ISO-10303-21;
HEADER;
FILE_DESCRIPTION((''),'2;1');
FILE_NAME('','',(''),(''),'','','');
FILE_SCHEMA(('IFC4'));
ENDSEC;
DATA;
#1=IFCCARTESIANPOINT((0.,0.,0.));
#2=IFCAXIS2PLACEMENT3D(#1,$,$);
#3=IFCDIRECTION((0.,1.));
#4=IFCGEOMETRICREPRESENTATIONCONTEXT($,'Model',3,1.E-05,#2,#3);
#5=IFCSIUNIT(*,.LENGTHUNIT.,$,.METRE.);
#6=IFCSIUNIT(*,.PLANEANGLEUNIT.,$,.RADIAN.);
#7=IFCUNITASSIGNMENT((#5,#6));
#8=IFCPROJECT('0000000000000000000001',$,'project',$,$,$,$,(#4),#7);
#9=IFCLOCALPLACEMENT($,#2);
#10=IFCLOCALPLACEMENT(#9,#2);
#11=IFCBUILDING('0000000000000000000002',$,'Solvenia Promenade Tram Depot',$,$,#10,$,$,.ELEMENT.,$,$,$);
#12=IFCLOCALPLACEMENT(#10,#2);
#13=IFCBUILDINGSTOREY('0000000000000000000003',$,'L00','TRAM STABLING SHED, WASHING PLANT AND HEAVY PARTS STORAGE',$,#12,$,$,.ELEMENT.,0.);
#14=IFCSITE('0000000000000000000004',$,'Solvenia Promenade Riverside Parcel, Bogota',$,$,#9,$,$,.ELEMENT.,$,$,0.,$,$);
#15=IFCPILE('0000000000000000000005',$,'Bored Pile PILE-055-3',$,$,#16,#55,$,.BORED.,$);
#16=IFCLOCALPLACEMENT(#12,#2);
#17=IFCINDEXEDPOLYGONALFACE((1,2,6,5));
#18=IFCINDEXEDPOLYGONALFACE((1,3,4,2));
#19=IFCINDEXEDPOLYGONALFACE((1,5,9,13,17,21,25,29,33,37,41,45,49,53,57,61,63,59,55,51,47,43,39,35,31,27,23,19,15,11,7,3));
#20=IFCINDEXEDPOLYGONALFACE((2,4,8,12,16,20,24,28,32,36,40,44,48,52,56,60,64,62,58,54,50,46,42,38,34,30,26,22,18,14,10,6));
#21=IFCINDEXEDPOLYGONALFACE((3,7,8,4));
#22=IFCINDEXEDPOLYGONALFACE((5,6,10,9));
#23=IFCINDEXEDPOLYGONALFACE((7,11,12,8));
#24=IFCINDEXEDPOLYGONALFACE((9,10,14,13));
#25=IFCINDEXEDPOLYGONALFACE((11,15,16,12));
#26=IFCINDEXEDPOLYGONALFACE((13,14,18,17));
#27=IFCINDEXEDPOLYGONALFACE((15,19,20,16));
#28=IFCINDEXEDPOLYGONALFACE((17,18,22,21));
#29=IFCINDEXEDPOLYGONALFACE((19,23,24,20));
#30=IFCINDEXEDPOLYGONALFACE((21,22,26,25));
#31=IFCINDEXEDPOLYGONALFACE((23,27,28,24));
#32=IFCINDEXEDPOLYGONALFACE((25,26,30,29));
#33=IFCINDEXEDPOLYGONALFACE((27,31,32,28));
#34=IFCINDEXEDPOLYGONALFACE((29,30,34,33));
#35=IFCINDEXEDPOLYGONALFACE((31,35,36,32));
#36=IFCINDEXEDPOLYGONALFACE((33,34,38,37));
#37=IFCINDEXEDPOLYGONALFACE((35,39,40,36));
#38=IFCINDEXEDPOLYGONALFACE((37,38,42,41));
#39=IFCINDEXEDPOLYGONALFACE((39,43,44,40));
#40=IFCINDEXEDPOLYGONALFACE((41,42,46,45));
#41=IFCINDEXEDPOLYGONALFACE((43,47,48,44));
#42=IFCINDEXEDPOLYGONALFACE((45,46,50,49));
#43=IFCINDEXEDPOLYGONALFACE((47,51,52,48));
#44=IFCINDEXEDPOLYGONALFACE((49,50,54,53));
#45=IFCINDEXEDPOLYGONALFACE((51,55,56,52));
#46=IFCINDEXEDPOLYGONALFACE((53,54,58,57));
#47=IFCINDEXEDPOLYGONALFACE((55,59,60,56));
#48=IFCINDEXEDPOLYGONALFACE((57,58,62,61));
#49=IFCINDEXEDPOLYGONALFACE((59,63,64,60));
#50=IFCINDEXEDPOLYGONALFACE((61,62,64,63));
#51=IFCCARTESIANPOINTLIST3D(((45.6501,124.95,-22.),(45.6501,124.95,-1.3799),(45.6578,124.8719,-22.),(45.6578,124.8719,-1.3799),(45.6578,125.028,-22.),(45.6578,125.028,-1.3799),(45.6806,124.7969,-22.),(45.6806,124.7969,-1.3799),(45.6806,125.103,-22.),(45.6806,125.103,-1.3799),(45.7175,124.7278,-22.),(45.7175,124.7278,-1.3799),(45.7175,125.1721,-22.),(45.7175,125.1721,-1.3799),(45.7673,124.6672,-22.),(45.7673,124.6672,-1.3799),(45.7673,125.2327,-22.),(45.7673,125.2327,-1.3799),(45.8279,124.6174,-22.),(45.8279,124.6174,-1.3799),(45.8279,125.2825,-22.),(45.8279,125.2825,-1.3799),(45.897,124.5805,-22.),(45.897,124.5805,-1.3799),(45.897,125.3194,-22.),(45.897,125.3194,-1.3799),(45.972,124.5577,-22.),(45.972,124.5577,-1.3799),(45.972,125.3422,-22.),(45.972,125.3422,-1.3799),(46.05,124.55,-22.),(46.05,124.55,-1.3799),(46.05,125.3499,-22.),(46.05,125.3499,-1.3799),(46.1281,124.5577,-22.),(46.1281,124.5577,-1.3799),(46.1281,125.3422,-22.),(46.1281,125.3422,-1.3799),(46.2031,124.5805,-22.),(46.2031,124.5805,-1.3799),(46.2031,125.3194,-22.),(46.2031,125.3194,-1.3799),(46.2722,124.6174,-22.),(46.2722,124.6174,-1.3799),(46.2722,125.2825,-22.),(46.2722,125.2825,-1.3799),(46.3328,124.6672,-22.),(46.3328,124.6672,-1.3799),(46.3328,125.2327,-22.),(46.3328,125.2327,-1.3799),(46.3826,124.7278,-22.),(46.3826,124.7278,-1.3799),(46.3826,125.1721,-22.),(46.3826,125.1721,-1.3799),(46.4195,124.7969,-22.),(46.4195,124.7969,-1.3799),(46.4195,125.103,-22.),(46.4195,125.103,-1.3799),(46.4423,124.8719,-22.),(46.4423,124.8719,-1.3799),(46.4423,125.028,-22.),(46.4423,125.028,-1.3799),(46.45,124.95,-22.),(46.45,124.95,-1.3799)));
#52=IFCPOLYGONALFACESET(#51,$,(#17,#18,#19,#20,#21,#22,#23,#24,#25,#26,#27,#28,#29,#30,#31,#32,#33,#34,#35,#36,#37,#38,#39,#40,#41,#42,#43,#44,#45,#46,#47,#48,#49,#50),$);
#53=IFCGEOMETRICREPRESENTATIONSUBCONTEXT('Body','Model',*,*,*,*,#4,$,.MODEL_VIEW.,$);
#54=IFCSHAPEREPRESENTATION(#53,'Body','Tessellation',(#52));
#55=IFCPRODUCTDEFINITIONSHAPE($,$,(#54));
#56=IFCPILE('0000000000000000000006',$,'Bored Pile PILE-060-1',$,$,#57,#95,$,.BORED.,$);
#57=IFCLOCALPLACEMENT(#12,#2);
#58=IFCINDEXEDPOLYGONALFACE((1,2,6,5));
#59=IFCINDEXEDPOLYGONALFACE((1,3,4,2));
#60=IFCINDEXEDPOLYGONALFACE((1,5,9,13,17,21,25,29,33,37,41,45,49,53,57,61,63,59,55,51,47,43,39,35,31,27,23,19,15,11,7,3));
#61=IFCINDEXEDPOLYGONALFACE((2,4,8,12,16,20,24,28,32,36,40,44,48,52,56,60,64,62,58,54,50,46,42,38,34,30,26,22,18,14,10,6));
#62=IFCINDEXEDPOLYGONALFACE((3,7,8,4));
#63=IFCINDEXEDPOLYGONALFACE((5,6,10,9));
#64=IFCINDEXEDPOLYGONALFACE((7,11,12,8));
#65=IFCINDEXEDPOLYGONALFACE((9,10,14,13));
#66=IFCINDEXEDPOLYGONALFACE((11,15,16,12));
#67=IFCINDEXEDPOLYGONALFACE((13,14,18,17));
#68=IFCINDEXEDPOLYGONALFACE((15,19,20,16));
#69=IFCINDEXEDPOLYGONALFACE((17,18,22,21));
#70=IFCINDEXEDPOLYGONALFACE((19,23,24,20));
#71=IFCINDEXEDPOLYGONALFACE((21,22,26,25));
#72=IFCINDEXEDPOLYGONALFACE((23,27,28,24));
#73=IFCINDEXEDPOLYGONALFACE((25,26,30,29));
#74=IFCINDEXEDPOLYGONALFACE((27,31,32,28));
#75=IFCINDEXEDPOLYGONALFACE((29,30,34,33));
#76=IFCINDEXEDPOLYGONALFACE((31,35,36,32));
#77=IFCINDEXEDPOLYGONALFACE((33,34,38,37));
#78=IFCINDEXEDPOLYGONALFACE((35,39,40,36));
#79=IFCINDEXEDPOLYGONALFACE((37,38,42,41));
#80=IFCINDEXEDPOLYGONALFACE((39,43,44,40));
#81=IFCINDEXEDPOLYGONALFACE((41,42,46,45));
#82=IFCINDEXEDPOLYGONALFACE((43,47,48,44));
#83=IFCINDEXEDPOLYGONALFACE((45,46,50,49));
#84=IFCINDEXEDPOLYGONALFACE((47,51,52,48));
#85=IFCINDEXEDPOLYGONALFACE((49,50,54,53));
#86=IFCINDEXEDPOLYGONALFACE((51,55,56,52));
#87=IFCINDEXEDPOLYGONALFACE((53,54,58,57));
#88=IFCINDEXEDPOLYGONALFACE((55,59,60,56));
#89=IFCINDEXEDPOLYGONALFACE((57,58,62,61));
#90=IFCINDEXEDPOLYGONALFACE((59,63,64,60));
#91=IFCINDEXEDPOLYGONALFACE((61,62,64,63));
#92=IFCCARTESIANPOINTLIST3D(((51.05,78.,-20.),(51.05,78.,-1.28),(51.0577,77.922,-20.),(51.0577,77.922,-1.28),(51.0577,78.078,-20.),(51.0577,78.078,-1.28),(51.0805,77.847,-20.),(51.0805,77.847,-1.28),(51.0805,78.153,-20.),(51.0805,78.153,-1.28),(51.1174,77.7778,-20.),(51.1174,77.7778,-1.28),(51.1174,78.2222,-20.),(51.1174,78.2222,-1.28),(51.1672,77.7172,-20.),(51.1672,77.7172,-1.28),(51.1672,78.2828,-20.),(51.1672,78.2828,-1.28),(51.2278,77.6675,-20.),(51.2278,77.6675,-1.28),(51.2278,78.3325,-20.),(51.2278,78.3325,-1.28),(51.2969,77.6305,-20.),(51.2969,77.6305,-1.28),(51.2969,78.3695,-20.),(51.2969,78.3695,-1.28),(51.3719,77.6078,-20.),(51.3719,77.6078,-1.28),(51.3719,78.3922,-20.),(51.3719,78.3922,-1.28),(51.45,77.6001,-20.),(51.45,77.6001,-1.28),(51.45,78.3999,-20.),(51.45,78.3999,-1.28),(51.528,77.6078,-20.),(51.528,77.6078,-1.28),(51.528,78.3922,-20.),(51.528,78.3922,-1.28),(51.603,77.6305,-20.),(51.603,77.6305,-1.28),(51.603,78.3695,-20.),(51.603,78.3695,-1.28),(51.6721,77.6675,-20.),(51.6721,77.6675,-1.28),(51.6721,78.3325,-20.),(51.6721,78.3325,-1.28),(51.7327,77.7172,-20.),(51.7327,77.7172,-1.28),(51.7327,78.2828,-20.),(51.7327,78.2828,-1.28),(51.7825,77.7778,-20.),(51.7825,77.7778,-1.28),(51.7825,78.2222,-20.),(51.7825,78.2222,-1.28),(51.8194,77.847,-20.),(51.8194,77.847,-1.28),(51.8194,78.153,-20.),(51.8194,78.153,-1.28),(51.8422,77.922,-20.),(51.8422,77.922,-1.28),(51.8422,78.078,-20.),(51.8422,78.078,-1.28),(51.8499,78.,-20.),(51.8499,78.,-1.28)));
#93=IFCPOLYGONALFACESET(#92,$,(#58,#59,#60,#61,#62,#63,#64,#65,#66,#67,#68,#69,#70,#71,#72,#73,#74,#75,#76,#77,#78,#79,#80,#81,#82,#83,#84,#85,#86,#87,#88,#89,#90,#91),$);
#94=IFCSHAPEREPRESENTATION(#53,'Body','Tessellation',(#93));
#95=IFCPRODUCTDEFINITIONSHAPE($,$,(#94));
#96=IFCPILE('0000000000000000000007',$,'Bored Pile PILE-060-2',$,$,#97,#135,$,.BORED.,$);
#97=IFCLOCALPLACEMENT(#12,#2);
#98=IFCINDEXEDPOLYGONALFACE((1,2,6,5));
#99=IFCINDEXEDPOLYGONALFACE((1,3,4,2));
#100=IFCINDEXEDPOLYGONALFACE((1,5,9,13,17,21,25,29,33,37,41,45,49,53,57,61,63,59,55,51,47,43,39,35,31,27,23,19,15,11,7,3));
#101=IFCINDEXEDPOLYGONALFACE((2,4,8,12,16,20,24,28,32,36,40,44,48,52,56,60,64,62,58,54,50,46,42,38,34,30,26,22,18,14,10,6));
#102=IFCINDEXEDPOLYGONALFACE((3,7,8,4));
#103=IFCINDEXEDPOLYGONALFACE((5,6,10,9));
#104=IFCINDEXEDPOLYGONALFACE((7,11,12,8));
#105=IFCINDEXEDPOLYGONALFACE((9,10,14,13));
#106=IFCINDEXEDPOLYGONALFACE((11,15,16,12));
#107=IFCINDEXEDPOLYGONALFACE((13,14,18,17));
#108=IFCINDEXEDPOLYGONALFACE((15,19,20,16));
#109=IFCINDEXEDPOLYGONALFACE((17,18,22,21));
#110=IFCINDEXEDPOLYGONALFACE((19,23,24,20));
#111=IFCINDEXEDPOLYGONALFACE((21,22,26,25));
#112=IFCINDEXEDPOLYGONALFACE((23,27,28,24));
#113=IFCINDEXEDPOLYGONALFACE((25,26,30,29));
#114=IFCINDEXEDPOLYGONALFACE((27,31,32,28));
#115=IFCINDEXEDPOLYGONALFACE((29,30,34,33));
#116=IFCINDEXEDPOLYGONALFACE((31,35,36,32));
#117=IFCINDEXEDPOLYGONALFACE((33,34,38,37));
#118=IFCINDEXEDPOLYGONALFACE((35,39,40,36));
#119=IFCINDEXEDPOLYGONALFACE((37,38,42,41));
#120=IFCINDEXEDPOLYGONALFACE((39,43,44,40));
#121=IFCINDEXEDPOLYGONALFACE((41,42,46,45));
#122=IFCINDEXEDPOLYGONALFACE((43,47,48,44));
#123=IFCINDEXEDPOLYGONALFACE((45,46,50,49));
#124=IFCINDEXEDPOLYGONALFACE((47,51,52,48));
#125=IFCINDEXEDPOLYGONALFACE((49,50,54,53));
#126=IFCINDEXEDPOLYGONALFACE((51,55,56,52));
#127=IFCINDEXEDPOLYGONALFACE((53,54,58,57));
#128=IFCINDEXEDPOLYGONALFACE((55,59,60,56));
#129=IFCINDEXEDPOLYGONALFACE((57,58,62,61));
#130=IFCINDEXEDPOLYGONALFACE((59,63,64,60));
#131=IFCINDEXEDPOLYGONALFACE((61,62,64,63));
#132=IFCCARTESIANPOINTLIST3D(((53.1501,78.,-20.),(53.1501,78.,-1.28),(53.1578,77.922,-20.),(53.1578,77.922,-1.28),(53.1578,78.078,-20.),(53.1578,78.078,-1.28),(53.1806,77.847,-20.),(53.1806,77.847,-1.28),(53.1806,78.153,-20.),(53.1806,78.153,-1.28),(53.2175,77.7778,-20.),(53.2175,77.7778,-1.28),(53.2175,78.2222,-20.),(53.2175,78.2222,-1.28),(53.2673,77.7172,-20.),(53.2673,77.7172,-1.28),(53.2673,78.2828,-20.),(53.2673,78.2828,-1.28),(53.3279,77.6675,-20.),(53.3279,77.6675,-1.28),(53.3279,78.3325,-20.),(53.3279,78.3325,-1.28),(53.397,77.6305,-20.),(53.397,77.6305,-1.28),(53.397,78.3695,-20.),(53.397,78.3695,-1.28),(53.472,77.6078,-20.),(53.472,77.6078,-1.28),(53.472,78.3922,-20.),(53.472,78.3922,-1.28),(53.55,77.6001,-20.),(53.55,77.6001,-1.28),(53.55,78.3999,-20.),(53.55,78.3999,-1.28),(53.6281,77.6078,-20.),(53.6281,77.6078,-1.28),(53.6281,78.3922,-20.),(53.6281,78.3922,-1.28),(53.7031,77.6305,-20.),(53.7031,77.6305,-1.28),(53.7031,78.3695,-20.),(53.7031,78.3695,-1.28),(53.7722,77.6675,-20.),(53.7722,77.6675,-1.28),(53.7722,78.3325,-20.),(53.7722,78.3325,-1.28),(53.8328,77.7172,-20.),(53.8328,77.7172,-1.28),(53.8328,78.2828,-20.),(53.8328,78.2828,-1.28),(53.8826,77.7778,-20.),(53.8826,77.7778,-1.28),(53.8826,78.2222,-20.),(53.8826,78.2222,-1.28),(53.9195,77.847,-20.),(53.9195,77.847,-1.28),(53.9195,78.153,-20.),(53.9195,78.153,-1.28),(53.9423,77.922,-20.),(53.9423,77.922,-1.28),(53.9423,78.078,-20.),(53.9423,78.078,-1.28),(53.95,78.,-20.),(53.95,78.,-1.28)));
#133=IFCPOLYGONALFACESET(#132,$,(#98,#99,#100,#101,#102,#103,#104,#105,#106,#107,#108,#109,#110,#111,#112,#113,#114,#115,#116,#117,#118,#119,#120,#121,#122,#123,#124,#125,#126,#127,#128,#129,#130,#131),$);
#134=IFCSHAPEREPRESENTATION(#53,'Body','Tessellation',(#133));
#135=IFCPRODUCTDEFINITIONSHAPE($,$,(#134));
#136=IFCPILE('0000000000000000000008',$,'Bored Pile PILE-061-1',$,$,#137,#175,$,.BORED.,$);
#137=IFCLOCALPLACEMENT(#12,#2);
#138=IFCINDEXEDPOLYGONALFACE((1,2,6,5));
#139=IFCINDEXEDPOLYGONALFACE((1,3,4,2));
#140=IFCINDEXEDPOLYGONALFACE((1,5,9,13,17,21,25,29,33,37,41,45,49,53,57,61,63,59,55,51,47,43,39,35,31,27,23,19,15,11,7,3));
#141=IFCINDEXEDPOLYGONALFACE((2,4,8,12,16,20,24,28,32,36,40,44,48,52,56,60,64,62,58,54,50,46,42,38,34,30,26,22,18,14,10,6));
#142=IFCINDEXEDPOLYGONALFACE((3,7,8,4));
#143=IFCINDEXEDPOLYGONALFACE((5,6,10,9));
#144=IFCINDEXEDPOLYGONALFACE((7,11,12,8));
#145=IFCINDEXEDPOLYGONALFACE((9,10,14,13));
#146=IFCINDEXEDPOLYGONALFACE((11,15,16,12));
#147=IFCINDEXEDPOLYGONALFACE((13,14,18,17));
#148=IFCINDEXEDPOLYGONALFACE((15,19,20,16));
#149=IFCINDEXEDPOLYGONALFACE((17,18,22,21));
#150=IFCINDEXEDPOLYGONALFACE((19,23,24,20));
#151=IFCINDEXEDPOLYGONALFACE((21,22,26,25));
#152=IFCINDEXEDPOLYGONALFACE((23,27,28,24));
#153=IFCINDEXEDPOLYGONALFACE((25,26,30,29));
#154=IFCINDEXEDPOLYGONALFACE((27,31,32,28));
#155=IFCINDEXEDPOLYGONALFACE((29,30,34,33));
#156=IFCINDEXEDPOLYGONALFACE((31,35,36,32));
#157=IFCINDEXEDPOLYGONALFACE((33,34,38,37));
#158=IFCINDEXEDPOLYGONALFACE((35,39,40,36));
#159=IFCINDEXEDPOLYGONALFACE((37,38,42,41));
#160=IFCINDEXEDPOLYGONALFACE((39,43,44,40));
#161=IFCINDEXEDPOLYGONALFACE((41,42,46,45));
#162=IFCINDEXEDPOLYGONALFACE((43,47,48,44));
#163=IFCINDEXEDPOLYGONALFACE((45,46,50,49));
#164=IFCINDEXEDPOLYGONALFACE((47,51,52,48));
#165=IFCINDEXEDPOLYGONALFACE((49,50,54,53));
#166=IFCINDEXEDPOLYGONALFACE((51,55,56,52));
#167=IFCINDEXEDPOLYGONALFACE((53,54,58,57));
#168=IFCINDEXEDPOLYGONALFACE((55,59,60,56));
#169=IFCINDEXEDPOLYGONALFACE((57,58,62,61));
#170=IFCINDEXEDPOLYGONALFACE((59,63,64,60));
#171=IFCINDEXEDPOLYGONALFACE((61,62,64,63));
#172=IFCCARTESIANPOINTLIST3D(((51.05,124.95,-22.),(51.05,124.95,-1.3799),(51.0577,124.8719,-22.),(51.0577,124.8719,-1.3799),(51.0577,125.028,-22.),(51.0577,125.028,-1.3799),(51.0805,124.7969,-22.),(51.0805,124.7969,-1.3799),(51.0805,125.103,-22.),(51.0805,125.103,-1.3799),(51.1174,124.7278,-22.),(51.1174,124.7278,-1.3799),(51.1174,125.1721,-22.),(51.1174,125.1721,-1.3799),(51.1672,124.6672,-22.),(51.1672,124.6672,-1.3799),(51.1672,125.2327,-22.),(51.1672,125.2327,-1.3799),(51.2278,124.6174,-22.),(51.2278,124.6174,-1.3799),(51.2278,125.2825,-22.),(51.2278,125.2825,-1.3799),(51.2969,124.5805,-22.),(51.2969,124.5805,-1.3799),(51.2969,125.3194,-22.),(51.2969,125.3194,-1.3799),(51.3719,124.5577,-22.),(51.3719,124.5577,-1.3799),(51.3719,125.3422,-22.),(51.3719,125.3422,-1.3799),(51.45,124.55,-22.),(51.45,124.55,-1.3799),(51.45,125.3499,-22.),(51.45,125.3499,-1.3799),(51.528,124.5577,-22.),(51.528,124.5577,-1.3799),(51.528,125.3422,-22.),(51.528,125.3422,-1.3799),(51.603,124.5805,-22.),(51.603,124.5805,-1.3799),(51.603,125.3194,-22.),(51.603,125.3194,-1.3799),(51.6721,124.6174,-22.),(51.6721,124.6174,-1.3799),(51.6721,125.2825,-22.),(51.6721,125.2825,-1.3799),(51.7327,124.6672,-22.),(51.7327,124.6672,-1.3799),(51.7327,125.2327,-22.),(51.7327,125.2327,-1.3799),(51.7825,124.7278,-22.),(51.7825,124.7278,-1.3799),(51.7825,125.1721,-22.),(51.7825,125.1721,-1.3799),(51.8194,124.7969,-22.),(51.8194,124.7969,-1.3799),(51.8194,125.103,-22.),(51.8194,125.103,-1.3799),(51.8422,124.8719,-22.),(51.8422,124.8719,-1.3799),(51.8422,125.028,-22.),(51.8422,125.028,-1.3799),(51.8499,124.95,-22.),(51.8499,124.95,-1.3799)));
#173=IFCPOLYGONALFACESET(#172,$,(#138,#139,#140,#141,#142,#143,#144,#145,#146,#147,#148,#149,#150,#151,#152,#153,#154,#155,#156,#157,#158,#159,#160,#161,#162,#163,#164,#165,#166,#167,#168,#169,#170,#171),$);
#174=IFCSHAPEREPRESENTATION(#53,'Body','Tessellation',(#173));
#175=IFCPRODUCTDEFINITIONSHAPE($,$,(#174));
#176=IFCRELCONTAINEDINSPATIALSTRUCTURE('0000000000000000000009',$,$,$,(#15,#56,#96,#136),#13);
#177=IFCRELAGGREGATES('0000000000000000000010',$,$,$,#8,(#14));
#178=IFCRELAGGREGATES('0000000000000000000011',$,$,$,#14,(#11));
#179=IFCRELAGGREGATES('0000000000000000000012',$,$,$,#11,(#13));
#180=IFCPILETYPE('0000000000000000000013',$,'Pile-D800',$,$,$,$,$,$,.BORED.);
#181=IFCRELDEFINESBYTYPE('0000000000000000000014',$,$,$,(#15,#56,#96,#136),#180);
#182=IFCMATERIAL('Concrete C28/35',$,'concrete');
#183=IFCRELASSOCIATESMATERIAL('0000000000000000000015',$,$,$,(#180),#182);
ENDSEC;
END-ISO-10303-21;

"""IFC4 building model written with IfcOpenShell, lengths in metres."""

from ifc_helpers import new_model, si_unit, direction, frame, origin, origin_2d, place, context, subcontext, project, spatial, circle, extrude, material, material_profile, profile_set, type_object, element, save


model = new_model("IFC4")

# Units and contexts
model_context = context("Model", 3, precision=1e-05, world=origin(), true_north=direction((0.0, 1.0)))
body_context = subcontext(model_context, "Body", "Model", "MODEL_VIEW")
ifc_project = project(units=[si_unit("LENGTHUNIT", "METRE"), si_unit("PLANEANGLEUNIT", "RADIAN")], contexts=[model_context])

# Site, building, storey
site_placement = place(None, origin())
site = spatial("IfcSite", under=ifc_project, at=site_placement, Name="Solvenia Promenade Riverside Parcel, Bogota", CompositionType="ELEMENT", RefElevation=0.0)
building_placement = place(site_placement, origin())
building = spatial("IfcBuilding", under=site, at=building_placement, Name="Solvenia Promenade Tram Depot", CompositionType="ELEMENT")
storey_placement = place(building_placement, origin())
storey = spatial("IfcBuildingStorey", under=building, at=storey_placement, Name="L00", Description="TRAM STABLING SHED, WASHING PLANT AND HEAVY PARTS STORAGE", CompositionType="ELEMENT", Elevation=0.0)

# Shared definitions
ifc_material_1 = material(Name="Concrete C28/35", Category="concrete")

# Piles
ifc_material_profile_1 = material_profile(ifc_material_1, circle(Radius=0.3999, at=origin_2d()), Name="D800", Category="concrete")
ifc_profile_set_1 = profile_set([ifc_material_profile_1], Name="Concrete C28/35")
pile_type = type_object("IfcPileType", Name="Pile-D800", PredefinedType="BORED", material=ifc_profile_set_1)
for number, where, z_axis, x_axis, name in (
    (1, (46.05, 124.95, -1.3799), (0.0, 0.0, -1.0), (1.0, 0.0, 0.0), "Bored Pile PILE-055-3"),
):
    element("IfcPile", number, at=place(storey_placement, frame(where, z_axis=z_axis, x_axis=x_axis)), inside=storey, type_object=pile_type, Name=name, PredefinedType="BORED", context=body_context, shape_type="SweptSolid", body=[
        extrude(circle(Radius=0.3999, at=origin_2d()), origin(), (0.0, 0.0, 1.0), 20.6201),
    ])
for number, where, z_axis, x_axis, name in (
    (2, (51.45, 78.0, -1.28), (0.0, 0.0, -1.0), (1.0, 0.0, 0.0), "Bored Pile PILE-060-1"),
    (3, (53.55, 78.0, -1.28), (0.0, 0.0, -1.0), (1.0, 0.0, 0.0), "Bored Pile PILE-060-2"),
):
    element("IfcPile", number, at=place(storey_placement, frame(where, z_axis=z_axis, x_axis=x_axis)), inside=storey, type_object=pile_type, Name=name, PredefinedType="BORED", context=body_context, shape_type="SweptSolid", body=[
        extrude(circle(Radius=0.3999, at=origin_2d()), origin(), (0.0, 0.0, 1.0), 18.72),
    ])
for number, where, z_axis, x_axis, name in (
    (4, (51.45, 124.95, -1.3799), (0.0, 0.0, -1.0), (1.0, 0.0, 0.0), "Bored Pile PILE-061-1"),
):
    element("IfcPile", number, at=place(storey_placement, frame(where, z_axis=z_axis, x_axis=x_axis)), inside=storey, type_object=pile_type, Name=name, PredefinedType="BORED", context=body_context, shape_type="SweptSolid", body=[
        extrude(circle(Radius=0.3999, at=origin_2d()), origin(), (0.0, 0.0, 1.0), 20.6201),
    ])

save(model, "model.ifc")
